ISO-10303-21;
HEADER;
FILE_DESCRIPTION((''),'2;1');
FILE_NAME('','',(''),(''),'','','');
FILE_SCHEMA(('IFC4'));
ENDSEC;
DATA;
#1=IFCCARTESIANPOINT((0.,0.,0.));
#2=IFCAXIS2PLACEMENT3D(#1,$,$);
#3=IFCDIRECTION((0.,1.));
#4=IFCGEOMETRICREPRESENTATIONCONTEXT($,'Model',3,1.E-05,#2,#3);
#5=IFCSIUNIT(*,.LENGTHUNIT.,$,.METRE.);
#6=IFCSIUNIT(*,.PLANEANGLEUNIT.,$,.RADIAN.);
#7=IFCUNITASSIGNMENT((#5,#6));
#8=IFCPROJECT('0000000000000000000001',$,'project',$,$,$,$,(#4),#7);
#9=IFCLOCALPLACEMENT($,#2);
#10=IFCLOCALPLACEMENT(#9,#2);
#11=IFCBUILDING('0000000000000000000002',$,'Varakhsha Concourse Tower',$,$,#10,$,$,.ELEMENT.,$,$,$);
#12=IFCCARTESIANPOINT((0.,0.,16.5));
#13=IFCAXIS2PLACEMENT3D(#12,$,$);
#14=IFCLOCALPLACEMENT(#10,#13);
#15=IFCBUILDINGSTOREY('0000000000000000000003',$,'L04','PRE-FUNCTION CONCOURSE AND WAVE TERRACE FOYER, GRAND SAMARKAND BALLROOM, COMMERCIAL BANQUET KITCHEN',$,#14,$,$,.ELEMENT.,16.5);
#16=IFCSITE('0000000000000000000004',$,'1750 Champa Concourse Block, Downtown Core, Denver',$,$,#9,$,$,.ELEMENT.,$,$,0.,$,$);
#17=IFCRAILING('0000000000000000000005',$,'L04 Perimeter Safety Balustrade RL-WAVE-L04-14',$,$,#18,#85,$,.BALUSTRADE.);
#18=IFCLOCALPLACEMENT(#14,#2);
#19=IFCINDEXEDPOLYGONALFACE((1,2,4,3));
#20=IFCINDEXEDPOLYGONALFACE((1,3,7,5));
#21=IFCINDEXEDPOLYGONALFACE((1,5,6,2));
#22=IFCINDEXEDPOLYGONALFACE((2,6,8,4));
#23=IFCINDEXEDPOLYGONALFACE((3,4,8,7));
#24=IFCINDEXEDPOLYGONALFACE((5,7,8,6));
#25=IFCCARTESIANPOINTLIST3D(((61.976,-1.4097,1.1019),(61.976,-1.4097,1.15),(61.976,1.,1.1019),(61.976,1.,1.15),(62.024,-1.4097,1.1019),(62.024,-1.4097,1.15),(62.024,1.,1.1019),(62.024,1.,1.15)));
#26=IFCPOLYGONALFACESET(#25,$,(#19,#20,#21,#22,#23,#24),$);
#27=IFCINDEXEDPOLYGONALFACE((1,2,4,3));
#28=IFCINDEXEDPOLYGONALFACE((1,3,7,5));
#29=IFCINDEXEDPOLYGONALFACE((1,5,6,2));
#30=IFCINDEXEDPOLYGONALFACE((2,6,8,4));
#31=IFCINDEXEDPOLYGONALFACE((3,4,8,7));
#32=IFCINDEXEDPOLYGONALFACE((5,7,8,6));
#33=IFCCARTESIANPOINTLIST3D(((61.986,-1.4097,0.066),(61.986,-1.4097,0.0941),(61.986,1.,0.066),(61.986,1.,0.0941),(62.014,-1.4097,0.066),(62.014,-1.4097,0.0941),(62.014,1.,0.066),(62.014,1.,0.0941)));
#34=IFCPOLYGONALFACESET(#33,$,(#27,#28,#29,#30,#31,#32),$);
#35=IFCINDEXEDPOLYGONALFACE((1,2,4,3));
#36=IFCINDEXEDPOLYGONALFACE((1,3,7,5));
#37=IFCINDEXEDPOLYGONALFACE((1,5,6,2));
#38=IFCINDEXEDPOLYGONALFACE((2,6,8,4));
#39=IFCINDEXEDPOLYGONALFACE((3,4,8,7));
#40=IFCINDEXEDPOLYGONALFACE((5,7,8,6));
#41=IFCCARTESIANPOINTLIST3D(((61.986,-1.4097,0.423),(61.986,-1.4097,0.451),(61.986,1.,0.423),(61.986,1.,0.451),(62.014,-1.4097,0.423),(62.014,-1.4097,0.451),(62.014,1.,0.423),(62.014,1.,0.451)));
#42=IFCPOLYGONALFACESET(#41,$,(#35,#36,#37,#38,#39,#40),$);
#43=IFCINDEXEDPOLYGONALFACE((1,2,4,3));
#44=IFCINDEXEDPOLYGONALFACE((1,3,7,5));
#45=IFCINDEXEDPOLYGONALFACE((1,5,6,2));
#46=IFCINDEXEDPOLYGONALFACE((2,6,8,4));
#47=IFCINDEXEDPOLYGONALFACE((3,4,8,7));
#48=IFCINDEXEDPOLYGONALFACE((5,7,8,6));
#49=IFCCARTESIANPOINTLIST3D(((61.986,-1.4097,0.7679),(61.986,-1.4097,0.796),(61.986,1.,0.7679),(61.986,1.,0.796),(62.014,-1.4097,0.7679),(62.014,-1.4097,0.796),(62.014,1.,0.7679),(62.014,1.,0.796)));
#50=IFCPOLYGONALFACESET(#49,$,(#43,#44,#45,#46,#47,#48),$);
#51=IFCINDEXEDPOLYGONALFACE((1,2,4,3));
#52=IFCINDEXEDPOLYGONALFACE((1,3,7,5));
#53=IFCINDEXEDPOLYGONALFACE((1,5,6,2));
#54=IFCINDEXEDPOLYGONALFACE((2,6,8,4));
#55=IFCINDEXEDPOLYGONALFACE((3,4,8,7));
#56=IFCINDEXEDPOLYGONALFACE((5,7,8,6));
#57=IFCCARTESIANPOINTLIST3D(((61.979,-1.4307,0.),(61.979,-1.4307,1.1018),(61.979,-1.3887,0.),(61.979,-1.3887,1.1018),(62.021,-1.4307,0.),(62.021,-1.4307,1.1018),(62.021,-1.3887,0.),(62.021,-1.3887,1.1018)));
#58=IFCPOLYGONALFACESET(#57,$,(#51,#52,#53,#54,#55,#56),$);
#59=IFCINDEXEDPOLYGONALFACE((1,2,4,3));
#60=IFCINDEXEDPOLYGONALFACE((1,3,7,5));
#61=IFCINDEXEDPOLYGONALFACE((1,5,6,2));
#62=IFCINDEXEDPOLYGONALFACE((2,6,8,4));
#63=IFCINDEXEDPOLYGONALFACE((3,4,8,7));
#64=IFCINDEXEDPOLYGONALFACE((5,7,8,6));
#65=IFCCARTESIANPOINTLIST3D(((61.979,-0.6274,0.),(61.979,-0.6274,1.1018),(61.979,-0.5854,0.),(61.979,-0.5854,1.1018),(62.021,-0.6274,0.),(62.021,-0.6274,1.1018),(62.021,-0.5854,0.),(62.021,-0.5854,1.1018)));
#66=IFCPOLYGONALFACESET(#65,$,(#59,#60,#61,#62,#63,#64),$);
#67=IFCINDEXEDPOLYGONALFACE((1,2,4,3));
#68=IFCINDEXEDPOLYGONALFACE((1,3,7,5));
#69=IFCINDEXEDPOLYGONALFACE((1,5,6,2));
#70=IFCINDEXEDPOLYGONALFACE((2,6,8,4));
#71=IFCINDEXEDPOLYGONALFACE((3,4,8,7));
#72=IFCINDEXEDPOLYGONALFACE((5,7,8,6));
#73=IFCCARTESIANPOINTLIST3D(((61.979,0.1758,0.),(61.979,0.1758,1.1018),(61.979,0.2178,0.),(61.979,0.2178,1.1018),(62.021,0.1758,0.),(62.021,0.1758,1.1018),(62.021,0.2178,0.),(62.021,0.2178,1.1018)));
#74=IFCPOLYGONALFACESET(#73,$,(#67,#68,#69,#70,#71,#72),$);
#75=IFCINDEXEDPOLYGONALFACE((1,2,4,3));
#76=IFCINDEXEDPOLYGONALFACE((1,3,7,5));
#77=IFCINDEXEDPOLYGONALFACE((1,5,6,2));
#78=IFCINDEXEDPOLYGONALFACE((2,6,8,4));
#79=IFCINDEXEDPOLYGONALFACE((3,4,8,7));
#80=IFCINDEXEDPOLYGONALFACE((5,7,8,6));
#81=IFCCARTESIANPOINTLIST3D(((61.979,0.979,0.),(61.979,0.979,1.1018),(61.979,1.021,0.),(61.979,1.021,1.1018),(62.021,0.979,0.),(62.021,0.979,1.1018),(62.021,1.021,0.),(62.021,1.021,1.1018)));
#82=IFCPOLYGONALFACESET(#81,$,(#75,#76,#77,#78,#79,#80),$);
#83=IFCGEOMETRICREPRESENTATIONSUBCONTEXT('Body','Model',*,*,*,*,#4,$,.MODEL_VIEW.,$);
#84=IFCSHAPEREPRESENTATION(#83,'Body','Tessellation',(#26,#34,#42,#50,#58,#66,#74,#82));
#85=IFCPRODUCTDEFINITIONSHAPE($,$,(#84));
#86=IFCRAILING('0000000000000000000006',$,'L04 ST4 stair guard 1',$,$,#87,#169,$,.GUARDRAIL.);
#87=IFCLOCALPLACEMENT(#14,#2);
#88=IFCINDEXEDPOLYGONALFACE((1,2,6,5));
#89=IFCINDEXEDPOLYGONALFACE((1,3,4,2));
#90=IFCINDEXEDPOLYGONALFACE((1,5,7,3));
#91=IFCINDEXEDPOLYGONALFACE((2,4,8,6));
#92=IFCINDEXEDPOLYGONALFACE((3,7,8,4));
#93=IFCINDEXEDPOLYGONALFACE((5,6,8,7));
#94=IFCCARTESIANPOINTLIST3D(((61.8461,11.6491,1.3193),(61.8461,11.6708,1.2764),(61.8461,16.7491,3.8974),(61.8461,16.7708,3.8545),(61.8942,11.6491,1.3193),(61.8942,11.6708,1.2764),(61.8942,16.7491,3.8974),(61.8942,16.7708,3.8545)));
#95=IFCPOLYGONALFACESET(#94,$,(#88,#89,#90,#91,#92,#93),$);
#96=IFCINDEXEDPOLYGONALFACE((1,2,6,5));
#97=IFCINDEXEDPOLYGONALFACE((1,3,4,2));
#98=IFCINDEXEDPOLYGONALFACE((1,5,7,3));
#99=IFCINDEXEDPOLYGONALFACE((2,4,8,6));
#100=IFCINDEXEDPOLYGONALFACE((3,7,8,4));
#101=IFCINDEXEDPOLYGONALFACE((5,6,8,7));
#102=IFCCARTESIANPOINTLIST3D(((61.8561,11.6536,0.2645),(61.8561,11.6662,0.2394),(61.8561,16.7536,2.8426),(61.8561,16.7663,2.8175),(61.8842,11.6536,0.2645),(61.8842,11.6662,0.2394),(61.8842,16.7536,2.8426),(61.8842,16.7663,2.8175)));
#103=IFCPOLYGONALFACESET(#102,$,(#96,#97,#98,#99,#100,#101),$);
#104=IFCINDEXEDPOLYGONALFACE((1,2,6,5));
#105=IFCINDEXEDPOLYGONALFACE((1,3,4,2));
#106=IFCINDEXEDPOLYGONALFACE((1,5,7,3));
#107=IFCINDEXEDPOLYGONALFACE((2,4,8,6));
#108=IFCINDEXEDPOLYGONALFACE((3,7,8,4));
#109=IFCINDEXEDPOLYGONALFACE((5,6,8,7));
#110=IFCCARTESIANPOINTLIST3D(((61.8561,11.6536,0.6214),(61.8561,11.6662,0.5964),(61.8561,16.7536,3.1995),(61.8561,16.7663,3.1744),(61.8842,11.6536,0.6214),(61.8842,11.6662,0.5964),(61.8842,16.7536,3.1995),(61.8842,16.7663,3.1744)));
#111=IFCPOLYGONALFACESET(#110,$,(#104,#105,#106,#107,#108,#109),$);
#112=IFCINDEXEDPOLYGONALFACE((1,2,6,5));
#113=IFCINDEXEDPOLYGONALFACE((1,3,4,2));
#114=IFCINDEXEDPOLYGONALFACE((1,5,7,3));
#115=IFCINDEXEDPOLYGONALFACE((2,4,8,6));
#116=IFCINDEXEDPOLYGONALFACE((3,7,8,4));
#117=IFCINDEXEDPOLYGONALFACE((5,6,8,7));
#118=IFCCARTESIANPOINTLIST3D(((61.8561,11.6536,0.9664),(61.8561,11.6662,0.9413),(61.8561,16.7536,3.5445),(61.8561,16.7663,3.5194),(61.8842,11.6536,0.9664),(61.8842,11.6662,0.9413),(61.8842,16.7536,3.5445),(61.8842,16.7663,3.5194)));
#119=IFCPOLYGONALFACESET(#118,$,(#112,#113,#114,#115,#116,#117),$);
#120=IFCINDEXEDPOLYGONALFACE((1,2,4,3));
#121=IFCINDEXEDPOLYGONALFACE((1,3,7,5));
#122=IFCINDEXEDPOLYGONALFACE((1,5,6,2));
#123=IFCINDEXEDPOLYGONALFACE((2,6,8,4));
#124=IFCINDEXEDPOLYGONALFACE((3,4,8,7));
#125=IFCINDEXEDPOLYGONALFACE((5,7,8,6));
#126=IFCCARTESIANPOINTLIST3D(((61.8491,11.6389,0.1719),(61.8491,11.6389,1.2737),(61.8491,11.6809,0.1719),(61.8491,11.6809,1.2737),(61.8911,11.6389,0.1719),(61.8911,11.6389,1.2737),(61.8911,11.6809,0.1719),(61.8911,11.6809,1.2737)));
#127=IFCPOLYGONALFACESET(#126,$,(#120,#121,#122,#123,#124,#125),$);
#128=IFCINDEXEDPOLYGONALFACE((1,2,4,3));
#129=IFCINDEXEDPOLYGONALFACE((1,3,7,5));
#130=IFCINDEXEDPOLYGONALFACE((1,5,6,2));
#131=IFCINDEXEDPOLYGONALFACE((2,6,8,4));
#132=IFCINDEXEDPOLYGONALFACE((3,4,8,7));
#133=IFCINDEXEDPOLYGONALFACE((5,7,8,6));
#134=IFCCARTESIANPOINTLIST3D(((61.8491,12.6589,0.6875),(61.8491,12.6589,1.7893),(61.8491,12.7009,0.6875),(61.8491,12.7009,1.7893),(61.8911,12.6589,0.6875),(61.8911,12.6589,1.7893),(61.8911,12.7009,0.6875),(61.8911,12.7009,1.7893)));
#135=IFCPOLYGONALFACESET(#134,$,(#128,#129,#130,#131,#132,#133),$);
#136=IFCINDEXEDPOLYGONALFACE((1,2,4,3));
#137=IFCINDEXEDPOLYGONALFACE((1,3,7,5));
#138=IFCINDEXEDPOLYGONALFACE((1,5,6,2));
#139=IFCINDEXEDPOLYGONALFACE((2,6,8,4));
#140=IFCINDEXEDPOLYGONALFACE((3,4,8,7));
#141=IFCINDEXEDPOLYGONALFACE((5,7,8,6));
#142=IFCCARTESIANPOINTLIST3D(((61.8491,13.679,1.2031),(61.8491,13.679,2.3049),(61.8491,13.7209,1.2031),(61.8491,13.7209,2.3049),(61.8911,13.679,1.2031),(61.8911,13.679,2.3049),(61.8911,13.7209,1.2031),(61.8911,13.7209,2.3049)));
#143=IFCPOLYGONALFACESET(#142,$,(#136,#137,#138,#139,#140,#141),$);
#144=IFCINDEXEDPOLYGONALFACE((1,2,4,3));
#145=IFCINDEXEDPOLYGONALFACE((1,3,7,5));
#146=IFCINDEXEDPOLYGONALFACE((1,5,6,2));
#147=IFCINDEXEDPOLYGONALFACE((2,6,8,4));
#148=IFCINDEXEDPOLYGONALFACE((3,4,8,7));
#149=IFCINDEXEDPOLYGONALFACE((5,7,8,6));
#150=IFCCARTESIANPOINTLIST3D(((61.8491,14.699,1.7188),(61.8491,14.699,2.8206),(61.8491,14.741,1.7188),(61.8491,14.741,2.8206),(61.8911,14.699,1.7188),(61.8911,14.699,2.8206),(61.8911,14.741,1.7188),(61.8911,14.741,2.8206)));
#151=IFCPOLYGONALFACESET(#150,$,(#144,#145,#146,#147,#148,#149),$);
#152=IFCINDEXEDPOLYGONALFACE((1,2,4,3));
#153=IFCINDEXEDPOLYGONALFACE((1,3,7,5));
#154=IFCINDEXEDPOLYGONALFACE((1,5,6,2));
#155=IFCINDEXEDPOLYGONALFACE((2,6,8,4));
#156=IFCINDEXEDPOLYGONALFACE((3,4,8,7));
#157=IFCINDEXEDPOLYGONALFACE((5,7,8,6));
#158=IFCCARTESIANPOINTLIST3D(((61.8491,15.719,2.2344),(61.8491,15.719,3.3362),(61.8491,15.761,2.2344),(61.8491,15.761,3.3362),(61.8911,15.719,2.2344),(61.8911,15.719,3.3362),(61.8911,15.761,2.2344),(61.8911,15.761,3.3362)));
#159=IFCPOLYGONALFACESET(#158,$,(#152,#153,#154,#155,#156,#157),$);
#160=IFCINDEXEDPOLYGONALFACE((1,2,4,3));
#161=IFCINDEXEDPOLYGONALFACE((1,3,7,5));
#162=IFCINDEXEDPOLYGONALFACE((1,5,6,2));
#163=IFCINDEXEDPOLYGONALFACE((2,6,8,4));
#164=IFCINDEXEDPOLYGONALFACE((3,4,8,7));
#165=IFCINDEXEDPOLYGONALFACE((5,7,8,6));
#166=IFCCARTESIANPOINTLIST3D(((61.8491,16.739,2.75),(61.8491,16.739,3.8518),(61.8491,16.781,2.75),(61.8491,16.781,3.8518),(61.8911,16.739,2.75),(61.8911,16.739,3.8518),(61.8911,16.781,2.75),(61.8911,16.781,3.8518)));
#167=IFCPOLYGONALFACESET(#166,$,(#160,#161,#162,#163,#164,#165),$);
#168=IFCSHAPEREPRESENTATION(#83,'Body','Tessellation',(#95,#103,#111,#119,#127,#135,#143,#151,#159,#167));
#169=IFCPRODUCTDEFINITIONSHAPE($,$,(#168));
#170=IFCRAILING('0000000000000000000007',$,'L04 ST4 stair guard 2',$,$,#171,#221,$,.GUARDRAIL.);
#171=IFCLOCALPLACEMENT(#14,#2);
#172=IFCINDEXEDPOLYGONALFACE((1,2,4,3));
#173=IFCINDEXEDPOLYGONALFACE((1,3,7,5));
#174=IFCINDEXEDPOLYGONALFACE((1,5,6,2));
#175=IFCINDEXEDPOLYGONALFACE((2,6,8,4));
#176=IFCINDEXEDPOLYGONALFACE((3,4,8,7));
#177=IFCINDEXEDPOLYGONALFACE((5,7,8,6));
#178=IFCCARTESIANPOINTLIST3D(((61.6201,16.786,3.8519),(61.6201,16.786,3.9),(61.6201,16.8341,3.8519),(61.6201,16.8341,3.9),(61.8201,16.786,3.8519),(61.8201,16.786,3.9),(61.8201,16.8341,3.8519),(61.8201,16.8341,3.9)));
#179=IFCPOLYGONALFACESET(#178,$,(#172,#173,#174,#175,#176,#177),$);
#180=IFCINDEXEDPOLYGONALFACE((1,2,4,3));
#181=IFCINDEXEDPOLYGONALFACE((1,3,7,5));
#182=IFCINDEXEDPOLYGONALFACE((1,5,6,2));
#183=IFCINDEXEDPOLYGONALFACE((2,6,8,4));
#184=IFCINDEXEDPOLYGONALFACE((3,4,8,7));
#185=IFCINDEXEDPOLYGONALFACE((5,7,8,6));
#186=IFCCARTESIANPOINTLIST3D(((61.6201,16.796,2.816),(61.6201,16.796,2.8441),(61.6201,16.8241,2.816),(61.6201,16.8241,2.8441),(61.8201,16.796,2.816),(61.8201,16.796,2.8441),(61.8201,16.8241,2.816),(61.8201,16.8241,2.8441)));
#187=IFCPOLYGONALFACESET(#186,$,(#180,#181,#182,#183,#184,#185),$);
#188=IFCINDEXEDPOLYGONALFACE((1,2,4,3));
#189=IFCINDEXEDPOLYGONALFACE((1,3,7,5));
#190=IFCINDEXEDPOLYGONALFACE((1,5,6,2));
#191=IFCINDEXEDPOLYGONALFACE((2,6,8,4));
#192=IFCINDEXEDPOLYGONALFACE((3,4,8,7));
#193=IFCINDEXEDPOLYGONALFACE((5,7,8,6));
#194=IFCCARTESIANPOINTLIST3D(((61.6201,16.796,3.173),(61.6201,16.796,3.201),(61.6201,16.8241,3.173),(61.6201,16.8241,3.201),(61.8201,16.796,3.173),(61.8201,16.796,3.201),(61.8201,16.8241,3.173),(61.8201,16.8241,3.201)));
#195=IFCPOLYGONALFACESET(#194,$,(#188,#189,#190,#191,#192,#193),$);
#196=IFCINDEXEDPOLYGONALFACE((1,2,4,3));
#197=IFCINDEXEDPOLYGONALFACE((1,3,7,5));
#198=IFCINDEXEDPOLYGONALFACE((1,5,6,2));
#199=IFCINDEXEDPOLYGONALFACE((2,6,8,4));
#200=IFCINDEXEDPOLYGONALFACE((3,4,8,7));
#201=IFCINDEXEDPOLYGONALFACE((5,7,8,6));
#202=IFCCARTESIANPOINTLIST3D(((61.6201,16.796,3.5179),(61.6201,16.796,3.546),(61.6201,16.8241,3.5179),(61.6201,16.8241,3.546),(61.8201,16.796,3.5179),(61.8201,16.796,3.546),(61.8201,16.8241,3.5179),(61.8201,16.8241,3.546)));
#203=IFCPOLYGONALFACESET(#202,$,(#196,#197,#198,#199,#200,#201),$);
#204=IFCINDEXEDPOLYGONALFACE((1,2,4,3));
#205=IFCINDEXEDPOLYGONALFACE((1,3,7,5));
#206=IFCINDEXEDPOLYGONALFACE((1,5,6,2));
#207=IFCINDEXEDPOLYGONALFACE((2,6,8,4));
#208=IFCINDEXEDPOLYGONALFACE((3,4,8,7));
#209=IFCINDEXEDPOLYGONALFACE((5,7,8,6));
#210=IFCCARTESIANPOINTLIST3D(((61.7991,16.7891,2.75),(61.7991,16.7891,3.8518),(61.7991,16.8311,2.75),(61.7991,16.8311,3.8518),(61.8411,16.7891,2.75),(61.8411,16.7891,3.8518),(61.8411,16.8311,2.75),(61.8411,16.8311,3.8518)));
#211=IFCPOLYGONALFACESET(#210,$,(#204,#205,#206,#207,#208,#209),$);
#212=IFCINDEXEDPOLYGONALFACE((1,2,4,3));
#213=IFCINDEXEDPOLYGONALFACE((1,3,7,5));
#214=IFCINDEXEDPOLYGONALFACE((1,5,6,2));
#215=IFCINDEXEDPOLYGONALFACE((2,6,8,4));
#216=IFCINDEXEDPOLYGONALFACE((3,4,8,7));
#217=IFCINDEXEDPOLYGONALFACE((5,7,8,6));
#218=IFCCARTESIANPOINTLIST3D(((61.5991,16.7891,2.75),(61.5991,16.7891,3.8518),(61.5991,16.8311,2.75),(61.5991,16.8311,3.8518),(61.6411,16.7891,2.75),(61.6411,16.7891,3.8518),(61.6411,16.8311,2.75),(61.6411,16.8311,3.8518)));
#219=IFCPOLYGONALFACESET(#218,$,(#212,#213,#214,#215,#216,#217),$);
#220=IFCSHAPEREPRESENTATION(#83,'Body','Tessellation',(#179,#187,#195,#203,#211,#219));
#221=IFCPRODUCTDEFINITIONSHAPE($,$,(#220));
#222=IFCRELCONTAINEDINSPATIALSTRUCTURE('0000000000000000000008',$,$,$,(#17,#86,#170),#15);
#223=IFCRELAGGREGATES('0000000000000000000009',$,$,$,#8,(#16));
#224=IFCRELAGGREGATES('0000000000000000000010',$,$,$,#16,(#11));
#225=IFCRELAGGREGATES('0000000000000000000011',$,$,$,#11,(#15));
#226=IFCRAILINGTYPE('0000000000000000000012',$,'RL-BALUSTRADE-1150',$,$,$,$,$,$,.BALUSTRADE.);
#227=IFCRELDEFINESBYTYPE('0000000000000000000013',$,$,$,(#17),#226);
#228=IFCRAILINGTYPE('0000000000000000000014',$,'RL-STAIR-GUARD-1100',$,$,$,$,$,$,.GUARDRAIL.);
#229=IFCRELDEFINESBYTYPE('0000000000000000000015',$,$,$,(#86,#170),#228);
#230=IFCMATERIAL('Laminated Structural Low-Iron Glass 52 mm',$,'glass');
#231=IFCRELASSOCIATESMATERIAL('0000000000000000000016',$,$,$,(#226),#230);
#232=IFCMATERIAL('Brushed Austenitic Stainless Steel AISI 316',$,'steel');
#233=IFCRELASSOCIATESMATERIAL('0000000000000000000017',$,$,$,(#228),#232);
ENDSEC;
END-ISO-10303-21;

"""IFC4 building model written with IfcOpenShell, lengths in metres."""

from ifc_helpers import new_model, si_unit, direction, frame, origin, origin_2d, place, context, subcontext, project, spatial, rectangle, extrude, material, type_object, element, save


model = new_model("IFC4")

# Units and contexts
model_context = context("Model", 3, precision=1e-05, world=origin(), true_north=direction((0.0, 1.0)))
body_context = subcontext(model_context, "Body", "Model", "MODEL_VIEW")
ifc_project = project(units=[si_unit("LENGTHUNIT", "METRE"), si_unit("PLANEANGLEUNIT", "RADIAN")], contexts=[model_context])

# Site, building, storey
site_placement = place(None, origin())
site = spatial("IfcSite", under=ifc_project, at=site_placement, Name="1750 Champa Concourse Block, Downtown Core, Denver", CompositionType="ELEMENT", RefElevation=0.0)
building_placement = place(site_placement, origin())
building = spatial("IfcBuilding", under=site, at=building_placement, Name="Varakhsha Concourse Tower", CompositionType="ELEMENT")
storey_placement = place(building_placement, frame((0.0, 0.0, 16.5)))
storey = spatial("IfcBuildingStorey", under=building, at=storey_placement, Name="L04", Description="PRE-FUNCTION CONCOURSE AND WAVE TERRACE FOYER, GRAND SAMARKAND BALLROOM, COMMERCIAL BANQUET KITCHEN", CompositionType="ELEMENT", Elevation=16.5)

# Railings
ifc_material_1 = material(Name="Laminated Structural Low-Iron Glass 52 mm", Category="glass")
railing_type_1 = type_object("IfcRailingType", Name="RL-BALUSTRADE-1150", PredefinedType="BALUSTRADE", material=ifc_material_1)
railing_1_placement = place(storey_placement, frame((62.0, -1.4097, 0.0)))
element("IfcRailing", 1, at=railing_1_placement, inside=storey, type_object=railing_type_1, Name="L04 Perimeter Safety Balustrade RL-WAVE-L04-14", PredefinedType="BALUSTRADE", context=body_context, shape_type="SweptSolid", body=[
    extrude(rectangle(XDim=0.0481, YDim=0.0481, at=origin_2d()), frame((0.0, 0.0, 1.126), z_axis=(0.0, 1.0, 0.0), x_axis=(-1.0, 0.0, 0.0)), (0.0, 0.0, 1.0), 2.4097),
    extrude(rectangle(XDim=0.0281, YDim=0.0281, at=origin_2d()), frame((0.0, 0.0, 0.0801), z_axis=(0.0, 1.0, 0.0), x_axis=(-1.0, 0.0, 0.0)), (0.0, 0.0, 1.0), 2.4097),
    extrude(rectangle(XDim=0.0281, YDim=0.0281, at=origin_2d()), frame((0.0, 0.0, 0.437), z_axis=(0.0, 1.0, 0.0), x_axis=(-1.0, 0.0, 0.0)), (0.0, 0.0, 1.0), 2.4097),
    extrude(rectangle(XDim=0.0281, YDim=0.0281, at=origin_2d()), frame((0.0, 0.0, 0.782), z_axis=(0.0, 1.0, 0.0), x_axis=(-1.0, 0.0, 0.0)), (0.0, 0.0, 1.0), 2.4097),
    extrude(rectangle(XDim=0.042, YDim=0.042, at=origin_2d()), origin(), (0.0, 0.0, 1.0), 1.1018),
    extrude(rectangle(XDim=0.042, YDim=0.042, at=origin_2d()), frame((0.0, 0.8032, 0.0)), (0.0, 0.0, 1.0), 1.1018),
    extrude(rectangle(XDim=0.042, YDim=0.042, at=origin_2d()), frame((0.0, 1.6064, 0.0)), (0.0, 0.0, 1.0), 1.1018),
    extrude(rectangle(XDim=0.042, YDim=0.042, at=origin_2d()), frame((0.0, 2.4097, 0.0)), (0.0, 0.0, 1.0), 1.1018),
])
ifc_material_2 = material(Name="Brushed Austenitic Stainless Steel AISI 316", Category="steel")
railing_type_2 = type_object("IfcRailingType", Name="RL-STAIR-GUARD-1100", PredefinedType="GUARDRAIL", material=ifc_material_2)
railing_2_placement = place(storey_placement, frame((61.8701, 11.6599, 0.1719)))
element("IfcRailing", 2, at=railing_2_placement, inside=storey, type_object=railing_type_2, Name="L04 ST4 stair guard 1", PredefinedType="GUARDRAIL", context=body_context, shape_type="SweptSolid", body=[
    extrude(rectangle(XDim=0.0481, YDim=0.0481, at=origin_2d()), frame((0.0, 0.0, 1.126), z_axis=(0.0, 0.892453, 0.45114), x_axis=(-1.0, 0.0, 0.0)), (0.0, 0.0, 1.0), 5.7146),
    extrude(rectangle(XDim=0.0281, YDim=0.0281, at=origin_2d()), frame((0.0, 0.0, 0.0801), z_axis=(0.0, 0.892453, 0.45114), x_axis=(-1.0, 0.0, 0.0)), (0.0, 0.0, 1.0), 5.7146),
    extrude(rectangle(XDim=0.0281, YDim=0.0281, at=origin_2d()), frame((0.0, 0.0, 0.437), z_axis=(0.0, 0.892453, 0.45114), x_axis=(-1.0, 0.0, 0.0)), (0.0, 0.0, 1.0), 5.7146),
    extrude(rectangle(XDim=0.0281, YDim=0.0281, at=origin_2d()), frame((0.0, 0.0, 0.782), z_axis=(0.0, 0.892453, 0.45114), x_axis=(-1.0, 0.0, 0.0)), (0.0, 0.0, 1.0), 5.7146),
    extrude(rectangle(XDim=0.042, YDim=0.042, at=origin_2d()), origin(), (0.0, 0.0, 1.0), 1.1018),
    extrude(rectangle(XDim=0.042, YDim=0.042, at=origin_2d()), frame((0.0, 1.02, 0.5156)), (0.0, 0.0, 1.0), 1.1018),
    extrude(rectangle(XDim=0.042, YDim=0.042, at=origin_2d()), frame((0.0, 2.04, 1.0312)), (0.0, 0.0, 1.0), 1.1018),
    extrude(rectangle(XDim=0.042, YDim=0.042, at=origin_2d()), frame((0.0, 3.0601, 1.5469)), (0.0, 0.0, 1.0), 1.1018),
    extrude(rectangle(XDim=0.042, YDim=0.042, at=origin_2d()), frame((0.0, 4.0801, 2.0625)), (0.0, 0.0, 1.0), 1.1018),
    extrude(rectangle(XDim=0.042, YDim=0.042, at=origin_2d()), frame((0.0, 5.1001, 2.5781)), (0.0, 0.0, 1.0), 1.1018),
])
railing_3_placement = place(storey_placement, frame((61.8201, 16.8101, 2.75)))
element("IfcRailing", 3, at=railing_3_placement, inside=storey, type_object=railing_type_2, Name="L04 ST4 stair guard 2", PredefinedType="GUARDRAIL", context=body_context, shape_type="SweptSolid", body=[
    extrude(rectangle(XDim=0.0481, YDim=0.0481, at=origin_2d()), frame((0.0, 0.0, 1.126), z_axis=(-1.0, 0.0, 0.0), x_axis=(0.0, -1.0, 0.0)), (0.0, 0.0, 1.0), 0.2),
    extrude(rectangle(XDim=0.0281, YDim=0.0281, at=origin_2d()), frame((0.0, 0.0, 0.0801), z_axis=(-1.0, 0.0, 0.0), x_axis=(0.0, -1.0, 0.0)), (0.0, 0.0, 1.0), 0.2),
    extrude(rectangle(XDim=0.0281, YDim=0.0281, at=origin_2d()), frame((0.0, 0.0, 0.437), z_axis=(-1.0, 0.0, 0.0), x_axis=(0.0, -1.0, 0.0)), (0.0, 0.0, 1.0), 0.2),
    extrude(rectangle(XDim=0.0281, YDim=0.0281, at=origin_2d()), frame((0.0, 0.0, 0.782), z_axis=(-1.0, 0.0, 0.0), x_axis=(0.0, -1.0, 0.0)), (0.0, 0.0, 1.0), 0.2),
    extrude(rectangle(XDim=0.042, YDim=0.042, at=origin_2d()), origin(), (0.0, 0.0, 1.0), 1.1018),
    extrude(rectangle(XDim=0.042, YDim=0.042, at=origin_2d()), frame((-0.2, 0.0, 0.0)), (0.0, 0.0, 1.0), 1.1018),
])

save(model, "model.ifc")
